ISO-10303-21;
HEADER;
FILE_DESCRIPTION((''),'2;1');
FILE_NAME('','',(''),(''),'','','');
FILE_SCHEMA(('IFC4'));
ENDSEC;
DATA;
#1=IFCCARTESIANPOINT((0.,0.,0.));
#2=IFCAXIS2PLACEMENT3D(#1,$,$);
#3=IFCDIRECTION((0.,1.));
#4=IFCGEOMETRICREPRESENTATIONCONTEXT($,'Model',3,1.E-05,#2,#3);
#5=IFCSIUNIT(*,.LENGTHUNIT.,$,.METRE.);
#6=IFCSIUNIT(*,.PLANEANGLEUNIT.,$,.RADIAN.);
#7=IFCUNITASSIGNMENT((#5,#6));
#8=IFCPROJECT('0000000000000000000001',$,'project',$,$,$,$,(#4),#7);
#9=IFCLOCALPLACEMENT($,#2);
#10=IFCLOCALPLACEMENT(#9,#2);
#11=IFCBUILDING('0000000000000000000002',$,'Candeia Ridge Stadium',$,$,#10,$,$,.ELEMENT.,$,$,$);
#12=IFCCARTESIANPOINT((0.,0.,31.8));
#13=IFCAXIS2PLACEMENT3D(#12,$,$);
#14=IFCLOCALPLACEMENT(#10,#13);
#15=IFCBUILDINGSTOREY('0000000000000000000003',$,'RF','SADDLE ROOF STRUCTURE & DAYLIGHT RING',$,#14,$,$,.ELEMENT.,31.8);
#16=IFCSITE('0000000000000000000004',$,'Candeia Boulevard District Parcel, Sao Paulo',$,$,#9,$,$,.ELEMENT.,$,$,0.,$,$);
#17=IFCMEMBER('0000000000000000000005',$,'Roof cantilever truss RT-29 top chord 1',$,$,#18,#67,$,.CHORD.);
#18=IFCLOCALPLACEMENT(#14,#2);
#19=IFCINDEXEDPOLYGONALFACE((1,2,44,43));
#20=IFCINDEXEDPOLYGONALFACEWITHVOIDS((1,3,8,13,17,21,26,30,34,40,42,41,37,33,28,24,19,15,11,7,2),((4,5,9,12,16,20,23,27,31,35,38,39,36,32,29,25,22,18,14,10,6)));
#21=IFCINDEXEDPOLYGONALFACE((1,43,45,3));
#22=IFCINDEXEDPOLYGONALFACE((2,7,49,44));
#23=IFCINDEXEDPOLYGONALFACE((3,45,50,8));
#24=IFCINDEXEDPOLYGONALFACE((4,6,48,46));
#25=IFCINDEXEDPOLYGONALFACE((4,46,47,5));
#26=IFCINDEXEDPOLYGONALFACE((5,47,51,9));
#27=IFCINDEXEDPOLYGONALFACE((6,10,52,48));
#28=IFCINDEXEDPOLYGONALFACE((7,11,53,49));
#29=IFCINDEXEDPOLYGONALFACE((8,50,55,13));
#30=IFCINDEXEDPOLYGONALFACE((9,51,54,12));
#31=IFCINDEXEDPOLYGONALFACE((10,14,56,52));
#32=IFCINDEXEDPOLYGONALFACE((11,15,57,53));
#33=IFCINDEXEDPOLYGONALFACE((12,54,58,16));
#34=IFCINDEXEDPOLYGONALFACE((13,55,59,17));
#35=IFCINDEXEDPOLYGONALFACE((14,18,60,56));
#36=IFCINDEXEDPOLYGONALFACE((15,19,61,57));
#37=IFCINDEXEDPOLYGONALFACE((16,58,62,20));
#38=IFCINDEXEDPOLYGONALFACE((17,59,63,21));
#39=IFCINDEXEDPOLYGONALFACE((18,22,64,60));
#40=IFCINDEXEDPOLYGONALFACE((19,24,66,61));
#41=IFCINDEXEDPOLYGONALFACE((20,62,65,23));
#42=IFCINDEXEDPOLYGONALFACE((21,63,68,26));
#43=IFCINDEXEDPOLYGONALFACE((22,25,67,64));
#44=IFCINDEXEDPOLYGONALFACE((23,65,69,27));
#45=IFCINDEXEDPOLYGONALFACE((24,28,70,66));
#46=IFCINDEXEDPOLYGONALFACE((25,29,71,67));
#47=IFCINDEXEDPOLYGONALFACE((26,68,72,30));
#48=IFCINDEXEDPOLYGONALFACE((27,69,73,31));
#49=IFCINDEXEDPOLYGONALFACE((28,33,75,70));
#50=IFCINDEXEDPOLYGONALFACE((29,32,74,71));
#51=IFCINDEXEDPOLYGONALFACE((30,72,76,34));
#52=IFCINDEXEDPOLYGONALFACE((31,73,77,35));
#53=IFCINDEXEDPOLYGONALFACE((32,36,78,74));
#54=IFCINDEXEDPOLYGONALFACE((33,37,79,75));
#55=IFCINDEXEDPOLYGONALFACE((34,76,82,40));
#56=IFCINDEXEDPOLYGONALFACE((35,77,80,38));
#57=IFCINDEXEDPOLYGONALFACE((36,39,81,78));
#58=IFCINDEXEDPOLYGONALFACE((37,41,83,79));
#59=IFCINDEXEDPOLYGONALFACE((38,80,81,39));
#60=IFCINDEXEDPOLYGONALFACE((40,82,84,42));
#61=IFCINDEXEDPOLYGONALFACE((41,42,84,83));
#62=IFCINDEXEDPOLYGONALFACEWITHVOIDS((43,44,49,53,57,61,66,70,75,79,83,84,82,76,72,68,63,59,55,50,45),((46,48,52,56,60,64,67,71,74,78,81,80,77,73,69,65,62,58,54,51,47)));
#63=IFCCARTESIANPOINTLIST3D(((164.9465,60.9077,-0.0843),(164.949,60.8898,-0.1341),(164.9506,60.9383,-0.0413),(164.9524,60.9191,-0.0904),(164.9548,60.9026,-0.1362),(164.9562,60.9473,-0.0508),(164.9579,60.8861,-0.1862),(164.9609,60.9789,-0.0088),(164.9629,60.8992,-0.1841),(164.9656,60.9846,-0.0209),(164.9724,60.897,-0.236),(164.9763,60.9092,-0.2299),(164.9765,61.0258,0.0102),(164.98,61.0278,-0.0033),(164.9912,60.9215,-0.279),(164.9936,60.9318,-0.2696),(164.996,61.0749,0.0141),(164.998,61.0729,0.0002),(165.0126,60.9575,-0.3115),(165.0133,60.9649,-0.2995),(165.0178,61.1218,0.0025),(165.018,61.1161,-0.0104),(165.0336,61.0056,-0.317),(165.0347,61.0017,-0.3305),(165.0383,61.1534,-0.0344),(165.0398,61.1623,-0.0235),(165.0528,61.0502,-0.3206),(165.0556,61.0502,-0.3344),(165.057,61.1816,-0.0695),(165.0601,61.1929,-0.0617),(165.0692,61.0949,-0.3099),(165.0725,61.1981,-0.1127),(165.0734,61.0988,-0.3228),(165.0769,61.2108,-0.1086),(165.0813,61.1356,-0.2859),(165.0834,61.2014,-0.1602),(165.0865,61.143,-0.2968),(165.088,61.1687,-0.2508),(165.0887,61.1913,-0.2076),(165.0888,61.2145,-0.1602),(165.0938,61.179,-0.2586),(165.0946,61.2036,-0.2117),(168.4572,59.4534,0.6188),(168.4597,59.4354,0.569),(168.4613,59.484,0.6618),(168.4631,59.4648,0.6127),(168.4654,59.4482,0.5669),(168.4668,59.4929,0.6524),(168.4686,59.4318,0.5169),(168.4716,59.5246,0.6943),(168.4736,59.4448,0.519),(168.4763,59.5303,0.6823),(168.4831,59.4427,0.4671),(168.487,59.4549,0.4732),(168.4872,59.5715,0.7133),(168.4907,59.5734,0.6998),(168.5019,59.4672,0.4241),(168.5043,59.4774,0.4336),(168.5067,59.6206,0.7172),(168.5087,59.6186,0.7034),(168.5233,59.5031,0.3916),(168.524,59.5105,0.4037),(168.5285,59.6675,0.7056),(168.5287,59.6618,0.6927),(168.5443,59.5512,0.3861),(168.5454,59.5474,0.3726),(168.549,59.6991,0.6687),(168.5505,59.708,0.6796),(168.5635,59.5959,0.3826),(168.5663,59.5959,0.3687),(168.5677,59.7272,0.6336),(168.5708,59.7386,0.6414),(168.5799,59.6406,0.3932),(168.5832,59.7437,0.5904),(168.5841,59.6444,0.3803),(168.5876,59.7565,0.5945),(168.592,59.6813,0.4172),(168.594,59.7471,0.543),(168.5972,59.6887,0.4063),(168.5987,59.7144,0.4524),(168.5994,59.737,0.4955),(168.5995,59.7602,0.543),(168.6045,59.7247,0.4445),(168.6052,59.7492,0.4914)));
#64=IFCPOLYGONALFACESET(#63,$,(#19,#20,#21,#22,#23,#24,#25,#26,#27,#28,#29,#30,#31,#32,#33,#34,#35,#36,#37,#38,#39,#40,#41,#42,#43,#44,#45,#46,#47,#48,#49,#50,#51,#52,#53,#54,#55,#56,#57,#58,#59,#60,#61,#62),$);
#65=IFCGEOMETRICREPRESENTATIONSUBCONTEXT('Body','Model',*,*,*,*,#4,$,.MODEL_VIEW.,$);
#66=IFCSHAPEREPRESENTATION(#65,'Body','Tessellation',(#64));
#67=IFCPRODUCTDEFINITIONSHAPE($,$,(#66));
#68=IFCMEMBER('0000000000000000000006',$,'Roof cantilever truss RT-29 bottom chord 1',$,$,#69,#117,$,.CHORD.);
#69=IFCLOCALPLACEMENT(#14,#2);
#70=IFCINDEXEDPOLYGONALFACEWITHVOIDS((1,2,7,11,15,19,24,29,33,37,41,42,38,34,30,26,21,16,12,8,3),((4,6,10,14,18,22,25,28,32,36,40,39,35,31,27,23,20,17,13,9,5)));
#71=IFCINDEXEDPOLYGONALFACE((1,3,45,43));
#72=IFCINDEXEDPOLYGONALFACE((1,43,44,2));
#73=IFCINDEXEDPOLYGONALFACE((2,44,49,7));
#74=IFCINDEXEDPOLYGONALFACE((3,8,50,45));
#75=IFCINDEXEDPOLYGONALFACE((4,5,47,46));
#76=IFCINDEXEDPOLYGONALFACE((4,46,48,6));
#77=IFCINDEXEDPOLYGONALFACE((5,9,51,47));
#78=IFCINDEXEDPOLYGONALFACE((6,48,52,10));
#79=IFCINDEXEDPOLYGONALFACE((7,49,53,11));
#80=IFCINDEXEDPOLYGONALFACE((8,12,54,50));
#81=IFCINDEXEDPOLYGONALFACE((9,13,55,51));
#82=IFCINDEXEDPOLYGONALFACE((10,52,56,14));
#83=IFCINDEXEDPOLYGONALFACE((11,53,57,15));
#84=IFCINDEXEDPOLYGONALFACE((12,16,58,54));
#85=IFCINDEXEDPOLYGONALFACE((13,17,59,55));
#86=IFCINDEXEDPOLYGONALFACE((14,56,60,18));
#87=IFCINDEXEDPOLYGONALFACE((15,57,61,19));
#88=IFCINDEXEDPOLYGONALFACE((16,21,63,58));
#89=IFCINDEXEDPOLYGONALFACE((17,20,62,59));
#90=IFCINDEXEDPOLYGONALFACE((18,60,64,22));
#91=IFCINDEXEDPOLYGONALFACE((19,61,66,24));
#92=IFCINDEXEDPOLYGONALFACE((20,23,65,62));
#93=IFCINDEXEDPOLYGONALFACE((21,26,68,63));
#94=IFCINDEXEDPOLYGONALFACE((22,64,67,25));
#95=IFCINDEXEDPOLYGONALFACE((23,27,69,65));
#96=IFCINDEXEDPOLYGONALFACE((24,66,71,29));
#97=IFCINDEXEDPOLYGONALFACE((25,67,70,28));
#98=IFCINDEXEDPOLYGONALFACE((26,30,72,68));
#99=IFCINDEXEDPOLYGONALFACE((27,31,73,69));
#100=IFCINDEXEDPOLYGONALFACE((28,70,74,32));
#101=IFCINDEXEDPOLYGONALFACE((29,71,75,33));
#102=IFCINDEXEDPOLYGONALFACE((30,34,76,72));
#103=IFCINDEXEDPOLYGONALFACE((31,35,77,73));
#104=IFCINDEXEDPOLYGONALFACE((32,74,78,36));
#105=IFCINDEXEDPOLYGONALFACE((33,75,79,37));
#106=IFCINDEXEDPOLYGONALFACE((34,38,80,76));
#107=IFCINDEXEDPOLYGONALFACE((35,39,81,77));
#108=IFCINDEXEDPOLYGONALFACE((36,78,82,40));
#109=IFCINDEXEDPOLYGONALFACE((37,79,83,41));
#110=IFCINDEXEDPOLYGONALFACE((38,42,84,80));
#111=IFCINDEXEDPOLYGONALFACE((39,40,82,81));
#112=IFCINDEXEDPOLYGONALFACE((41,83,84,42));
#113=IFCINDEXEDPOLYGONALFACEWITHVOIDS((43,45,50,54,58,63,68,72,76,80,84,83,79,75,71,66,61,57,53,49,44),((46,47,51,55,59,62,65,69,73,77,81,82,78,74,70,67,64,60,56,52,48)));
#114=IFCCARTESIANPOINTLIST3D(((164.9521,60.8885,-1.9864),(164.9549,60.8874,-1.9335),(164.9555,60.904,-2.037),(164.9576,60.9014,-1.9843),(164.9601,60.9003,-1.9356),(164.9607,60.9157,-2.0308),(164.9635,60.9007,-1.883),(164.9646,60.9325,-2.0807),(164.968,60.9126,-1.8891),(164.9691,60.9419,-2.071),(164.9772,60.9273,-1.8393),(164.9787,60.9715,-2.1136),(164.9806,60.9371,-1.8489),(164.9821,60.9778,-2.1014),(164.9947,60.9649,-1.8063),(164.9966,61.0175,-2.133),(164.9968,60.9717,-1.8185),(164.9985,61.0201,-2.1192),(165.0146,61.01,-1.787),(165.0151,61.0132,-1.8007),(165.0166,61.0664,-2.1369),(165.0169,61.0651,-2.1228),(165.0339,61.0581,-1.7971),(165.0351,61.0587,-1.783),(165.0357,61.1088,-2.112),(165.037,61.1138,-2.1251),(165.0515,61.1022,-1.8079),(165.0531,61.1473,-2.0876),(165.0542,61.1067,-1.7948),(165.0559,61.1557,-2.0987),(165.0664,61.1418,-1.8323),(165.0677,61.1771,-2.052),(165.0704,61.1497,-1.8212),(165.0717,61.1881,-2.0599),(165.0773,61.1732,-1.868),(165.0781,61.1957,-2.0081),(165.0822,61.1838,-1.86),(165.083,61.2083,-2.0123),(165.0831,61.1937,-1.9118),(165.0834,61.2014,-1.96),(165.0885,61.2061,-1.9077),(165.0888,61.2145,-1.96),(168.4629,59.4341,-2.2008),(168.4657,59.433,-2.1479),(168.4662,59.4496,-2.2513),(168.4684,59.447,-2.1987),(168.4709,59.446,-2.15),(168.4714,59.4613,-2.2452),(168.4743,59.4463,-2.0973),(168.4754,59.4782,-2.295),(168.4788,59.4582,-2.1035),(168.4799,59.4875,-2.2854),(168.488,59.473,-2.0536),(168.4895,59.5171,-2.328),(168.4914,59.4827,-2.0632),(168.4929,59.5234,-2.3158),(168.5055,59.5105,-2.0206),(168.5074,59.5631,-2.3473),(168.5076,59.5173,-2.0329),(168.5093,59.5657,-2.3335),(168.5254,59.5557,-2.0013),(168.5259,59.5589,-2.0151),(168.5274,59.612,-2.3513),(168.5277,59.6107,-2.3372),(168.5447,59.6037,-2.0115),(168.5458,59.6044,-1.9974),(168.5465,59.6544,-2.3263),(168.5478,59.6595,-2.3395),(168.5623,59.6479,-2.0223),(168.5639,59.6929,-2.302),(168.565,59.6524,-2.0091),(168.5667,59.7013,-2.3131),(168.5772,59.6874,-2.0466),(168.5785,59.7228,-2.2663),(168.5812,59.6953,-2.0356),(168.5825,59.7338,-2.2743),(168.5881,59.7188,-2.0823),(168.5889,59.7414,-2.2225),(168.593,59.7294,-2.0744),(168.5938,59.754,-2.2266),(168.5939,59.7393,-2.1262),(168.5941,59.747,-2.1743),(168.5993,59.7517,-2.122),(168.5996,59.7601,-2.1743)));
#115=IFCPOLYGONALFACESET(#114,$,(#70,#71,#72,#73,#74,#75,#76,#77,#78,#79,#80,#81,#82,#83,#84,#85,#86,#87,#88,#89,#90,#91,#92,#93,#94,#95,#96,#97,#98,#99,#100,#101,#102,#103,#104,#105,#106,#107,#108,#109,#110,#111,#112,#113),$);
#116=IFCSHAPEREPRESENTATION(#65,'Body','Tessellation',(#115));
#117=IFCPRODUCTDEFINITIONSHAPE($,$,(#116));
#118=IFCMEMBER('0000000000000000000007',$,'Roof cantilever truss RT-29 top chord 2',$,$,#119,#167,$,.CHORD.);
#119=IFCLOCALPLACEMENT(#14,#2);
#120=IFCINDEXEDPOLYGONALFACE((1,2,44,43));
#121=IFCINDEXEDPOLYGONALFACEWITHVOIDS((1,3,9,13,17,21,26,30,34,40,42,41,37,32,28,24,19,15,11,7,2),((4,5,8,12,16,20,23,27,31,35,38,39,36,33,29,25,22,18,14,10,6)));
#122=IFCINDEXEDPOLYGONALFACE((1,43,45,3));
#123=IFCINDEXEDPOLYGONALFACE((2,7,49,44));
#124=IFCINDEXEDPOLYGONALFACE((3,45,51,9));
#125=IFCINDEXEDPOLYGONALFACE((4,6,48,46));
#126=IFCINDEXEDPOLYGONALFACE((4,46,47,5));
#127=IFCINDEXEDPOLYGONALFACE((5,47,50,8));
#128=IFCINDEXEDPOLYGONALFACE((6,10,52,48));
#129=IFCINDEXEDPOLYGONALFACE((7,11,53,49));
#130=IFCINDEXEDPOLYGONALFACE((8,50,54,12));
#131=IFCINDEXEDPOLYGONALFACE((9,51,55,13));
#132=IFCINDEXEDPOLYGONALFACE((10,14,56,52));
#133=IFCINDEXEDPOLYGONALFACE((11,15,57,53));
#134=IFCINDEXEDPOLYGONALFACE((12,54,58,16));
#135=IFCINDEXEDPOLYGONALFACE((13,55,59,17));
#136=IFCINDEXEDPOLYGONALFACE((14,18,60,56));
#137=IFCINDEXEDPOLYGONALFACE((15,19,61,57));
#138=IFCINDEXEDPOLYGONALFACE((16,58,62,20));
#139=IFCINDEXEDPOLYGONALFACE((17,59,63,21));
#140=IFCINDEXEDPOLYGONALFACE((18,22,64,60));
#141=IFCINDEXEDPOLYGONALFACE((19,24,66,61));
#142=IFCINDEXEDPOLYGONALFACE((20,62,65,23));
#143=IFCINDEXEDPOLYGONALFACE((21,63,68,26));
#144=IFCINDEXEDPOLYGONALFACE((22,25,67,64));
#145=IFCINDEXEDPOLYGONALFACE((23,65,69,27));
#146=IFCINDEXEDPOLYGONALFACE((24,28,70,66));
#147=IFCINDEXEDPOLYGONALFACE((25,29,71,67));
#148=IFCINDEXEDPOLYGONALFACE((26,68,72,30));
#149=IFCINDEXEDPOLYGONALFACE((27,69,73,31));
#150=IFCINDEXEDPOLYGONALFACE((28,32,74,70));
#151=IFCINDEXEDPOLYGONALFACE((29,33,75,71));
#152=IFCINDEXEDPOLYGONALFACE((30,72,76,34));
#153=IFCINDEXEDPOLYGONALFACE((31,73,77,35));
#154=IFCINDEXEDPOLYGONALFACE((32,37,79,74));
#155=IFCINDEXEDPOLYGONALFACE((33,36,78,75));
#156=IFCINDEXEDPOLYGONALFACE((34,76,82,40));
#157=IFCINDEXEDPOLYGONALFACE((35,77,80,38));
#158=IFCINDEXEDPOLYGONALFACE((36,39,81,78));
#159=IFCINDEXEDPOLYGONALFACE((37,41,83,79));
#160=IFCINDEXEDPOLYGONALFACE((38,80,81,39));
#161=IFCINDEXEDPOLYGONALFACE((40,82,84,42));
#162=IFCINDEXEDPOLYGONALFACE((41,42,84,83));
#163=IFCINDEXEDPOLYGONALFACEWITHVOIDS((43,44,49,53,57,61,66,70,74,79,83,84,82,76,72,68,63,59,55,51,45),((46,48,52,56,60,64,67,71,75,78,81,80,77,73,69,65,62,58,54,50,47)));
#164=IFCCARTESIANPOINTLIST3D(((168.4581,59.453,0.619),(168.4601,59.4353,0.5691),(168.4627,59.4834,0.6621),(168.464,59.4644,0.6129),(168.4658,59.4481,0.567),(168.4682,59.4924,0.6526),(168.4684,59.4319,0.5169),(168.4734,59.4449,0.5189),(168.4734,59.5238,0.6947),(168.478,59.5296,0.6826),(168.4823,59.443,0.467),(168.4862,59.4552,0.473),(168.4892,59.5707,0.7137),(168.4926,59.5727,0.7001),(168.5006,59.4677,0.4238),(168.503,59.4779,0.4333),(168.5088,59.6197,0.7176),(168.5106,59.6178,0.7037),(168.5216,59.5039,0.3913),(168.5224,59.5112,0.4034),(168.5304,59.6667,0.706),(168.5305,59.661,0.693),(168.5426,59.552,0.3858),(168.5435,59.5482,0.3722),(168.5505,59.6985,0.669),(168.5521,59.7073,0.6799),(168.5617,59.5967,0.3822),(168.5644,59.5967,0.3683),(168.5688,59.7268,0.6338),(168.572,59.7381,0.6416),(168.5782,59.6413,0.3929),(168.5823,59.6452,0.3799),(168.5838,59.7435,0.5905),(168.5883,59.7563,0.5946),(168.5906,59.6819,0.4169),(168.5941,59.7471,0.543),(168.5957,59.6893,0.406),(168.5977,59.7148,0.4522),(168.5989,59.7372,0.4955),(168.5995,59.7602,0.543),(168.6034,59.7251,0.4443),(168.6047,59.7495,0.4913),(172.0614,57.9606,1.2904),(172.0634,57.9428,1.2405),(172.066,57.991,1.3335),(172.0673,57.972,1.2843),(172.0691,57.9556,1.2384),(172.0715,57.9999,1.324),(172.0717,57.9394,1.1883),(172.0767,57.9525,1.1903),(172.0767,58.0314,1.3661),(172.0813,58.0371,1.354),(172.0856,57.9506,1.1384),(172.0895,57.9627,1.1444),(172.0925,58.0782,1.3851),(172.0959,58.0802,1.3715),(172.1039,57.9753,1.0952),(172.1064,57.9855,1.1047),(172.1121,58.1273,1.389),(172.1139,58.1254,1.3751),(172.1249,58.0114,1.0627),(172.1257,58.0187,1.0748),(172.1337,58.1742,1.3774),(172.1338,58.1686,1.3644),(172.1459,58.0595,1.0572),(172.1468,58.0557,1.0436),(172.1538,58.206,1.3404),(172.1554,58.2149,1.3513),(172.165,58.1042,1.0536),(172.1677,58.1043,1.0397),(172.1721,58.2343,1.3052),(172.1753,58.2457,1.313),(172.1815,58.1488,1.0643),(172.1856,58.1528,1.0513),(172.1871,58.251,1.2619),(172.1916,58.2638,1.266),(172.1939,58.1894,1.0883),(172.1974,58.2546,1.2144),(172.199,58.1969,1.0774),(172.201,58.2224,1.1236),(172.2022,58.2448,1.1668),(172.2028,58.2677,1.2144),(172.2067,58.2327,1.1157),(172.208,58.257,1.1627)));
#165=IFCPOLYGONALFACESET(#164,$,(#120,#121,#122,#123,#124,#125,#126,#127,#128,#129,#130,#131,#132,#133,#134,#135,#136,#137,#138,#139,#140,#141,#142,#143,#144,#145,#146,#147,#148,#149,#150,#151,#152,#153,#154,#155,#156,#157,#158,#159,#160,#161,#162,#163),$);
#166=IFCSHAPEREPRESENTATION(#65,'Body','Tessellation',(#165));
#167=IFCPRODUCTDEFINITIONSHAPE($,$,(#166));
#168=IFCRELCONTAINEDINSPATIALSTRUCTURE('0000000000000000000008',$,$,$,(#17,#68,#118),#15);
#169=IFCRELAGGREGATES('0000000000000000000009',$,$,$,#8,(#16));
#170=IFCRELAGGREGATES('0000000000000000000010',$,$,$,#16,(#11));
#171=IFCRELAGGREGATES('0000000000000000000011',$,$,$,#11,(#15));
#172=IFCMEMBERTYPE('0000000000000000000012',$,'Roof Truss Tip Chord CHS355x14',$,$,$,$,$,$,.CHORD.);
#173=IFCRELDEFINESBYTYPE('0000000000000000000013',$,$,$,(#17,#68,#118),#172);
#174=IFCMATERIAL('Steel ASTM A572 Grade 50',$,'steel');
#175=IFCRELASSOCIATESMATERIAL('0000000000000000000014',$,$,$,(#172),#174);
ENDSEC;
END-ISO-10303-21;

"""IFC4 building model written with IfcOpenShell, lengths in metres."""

from ifc_helpers import new_model, si_unit, direction, frame, origin, origin_2d, place, context, subcontext, project, spatial, hollow_circle, extrude, material, material_profile, profile_set, type_object, element, save


model = new_model("IFC4")

# Units and contexts
model_context = context("Model", 3, precision=1e-05, world=origin(), true_north=direction((0.0, 1.0)))
body_context = subcontext(model_context, "Body", "Model", "MODEL_VIEW")
ifc_project = project(units=[si_unit("LENGTHUNIT", "METRE"), si_unit("PLANEANGLEUNIT", "RADIAN")], contexts=[model_context])

# Site, building, storey
site_placement = place(None, origin())
site = spatial("IfcSite", under=ifc_project, at=site_placement, Name="Candeia Boulevard District Parcel, Sao Paulo", CompositionType="ELEMENT", RefElevation=0.0)
building_placement = place(site_placement, origin())
building = spatial("IfcBuilding", under=site, at=building_placement, Name="Candeia Ridge Stadium", CompositionType="ELEMENT")
storey_placement = place(building_placement, frame((0.0, 0.0, 31.8)))
storey = spatial("IfcBuildingStorey", under=building, at=storey_placement, Name="RF", Description="SADDLE ROOF STRUCTURE & DAYLIGHT RING", CompositionType="ELEMENT", Elevation=31.8)

# Shared definitions
ifc_material_1 = material(Name="Steel ASTM A572 Grade 50", Category="steel")

# Members
ifc_material_profile_1 = material_profile(ifc_material_1, hollow_circle(Radius=0.1777, WallThickness=0.0142, at=origin_2d()), Name="CHS355x14", Category="steel")
ifc_profile_set_1 = profile_set([ifc_material_profile_1], Name="Steel ASTM A572 Grade 50")
member_type_1 = type_object("IfcMemberType", Name="Roof Truss Tip Chord CHS355x14", PredefinedType="CHORD", material=ifc_profile_set_1)
member_1_placement = place(storey_placement, frame((165.0208, 61.0503, -0.1602), z_axis=(0.908446, -0.376329, 0.181942), x_axis=(0.382717, 0.923866, 0.0)))
element("IfcMember", 1, at=member_1_placement, inside=storey, type_object=member_type_1, Name="Roof cantilever truss RT-29 top chord 1", PredefinedType="CHORD", context=body_context, shape_type="SweptSolid", body=[
    extrude(hollow_circle(Radius=0.1777, WallThickness=0.0142, at=origin_2d()), origin(), (0.0, 0.0, 1.0), 3.8645),
])
member_2_placement = place(storey_placement, frame((165.0208, 61.0503, -1.96), z_axis=(0.922399, -0.382109, -0.056319), x_axis=(0.382717, 0.923866, 0.0)))
element("IfcMember", 2, at=member_2_placement, inside=storey, type_object=member_type_1, Name="Roof cantilever truss RT-29 bottom chord 1", PredefinedType="CHORD", context=body_context, shape_type="SweptSolid", body=[
    extrude(hollow_circle(Radius=0.1777, WallThickness=0.0142, at=origin_2d()), origin(), (0.0, 0.0, 1.0), 3.8062),
])
member_3_placement = place(storey_placement, frame((168.5315, 59.5959, 0.543), z_axis=(0.910496, -0.377116, 0.16965), x_axis=(0.382663, 0.923888, 0.0)))
element("IfcMember", 3, at=member_3_placement, inside=storey, type_object=member_type_1, Name="Roof cantilever truss RT-29 top chord 2", PredefinedType="CHORD", context=body_context, shape_type="SweptSolid", body=[
    extrude(hollow_circle(Radius=0.1777, WallThickness=0.0142, at=origin_2d()), origin(), (0.0, 0.0, 1.0), 3.9575),
])

save(model, "model.ifc")
